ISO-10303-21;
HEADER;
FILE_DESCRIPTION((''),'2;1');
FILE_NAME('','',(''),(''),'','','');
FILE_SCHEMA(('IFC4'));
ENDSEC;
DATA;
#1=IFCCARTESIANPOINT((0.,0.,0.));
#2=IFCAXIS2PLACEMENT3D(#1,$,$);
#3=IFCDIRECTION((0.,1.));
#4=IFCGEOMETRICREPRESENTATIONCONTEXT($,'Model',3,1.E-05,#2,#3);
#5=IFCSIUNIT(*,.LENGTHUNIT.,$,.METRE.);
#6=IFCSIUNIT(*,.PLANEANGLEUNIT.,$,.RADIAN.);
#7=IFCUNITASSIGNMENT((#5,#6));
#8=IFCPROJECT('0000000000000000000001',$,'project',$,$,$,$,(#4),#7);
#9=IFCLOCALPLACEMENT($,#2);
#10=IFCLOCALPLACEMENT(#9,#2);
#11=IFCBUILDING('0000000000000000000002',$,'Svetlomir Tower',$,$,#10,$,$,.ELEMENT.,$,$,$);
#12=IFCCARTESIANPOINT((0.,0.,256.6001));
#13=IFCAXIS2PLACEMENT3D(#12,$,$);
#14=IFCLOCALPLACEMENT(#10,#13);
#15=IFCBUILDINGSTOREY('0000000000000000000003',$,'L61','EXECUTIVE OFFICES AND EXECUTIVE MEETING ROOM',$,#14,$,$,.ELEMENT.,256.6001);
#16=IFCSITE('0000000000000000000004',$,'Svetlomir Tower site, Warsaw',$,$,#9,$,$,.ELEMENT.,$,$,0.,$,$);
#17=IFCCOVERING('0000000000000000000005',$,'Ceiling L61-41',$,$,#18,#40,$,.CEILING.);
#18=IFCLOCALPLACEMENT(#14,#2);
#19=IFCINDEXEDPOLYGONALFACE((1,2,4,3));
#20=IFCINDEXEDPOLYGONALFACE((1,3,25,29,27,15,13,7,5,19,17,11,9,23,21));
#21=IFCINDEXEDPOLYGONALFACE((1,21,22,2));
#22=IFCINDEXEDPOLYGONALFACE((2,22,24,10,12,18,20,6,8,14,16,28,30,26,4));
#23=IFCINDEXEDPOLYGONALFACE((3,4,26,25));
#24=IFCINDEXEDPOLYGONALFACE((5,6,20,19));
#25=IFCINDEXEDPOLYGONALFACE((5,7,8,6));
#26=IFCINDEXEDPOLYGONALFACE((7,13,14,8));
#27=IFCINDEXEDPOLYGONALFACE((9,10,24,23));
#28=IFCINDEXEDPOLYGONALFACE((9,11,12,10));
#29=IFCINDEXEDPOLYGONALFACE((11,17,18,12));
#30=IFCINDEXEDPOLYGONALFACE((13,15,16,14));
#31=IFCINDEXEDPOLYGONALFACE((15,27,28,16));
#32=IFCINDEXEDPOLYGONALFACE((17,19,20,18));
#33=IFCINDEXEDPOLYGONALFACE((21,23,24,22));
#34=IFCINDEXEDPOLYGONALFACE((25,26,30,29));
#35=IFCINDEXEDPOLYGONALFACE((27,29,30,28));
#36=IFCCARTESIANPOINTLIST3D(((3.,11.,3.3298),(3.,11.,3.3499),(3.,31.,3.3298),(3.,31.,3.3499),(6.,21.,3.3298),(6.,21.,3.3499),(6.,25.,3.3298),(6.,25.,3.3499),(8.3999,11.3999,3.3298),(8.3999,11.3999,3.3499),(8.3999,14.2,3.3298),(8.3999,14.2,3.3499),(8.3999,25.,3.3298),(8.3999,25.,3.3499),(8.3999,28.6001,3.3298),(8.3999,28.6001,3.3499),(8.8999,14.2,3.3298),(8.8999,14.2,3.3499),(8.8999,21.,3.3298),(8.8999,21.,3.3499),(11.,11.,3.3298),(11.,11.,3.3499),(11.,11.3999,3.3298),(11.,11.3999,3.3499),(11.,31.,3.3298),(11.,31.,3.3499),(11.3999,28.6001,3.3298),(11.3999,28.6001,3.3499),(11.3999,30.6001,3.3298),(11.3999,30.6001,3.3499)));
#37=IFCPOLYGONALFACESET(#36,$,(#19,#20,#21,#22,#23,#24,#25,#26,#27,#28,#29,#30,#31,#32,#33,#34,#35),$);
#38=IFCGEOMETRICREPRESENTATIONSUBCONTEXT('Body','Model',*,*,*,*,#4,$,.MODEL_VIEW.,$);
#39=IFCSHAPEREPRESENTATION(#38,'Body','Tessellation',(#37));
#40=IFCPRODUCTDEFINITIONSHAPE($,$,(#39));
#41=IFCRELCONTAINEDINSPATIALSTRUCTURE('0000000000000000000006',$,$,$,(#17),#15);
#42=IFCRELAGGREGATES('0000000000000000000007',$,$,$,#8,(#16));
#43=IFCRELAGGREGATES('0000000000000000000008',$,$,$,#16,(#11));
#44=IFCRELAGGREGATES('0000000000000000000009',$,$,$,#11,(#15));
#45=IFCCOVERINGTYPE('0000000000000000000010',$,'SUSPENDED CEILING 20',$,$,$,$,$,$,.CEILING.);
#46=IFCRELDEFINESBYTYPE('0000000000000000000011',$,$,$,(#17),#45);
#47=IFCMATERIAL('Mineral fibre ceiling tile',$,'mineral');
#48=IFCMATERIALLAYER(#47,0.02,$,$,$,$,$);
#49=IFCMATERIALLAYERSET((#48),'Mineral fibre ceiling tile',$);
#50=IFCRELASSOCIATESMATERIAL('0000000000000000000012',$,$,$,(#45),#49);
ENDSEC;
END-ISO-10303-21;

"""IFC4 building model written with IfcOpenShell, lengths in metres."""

from ifc_helpers import new_model, si_unit, direction, frame, origin, place, context, subcontext, project, spatial, polyline, outline, extrude, material, layer, layer_set, type_object, element, save


model = new_model("IFC4")

# Units and contexts
model_context = context("Model", 3, precision=1e-05, world=origin(), true_north=direction((0.0, 1.0)))
body_context = subcontext(model_context, "Body", "Model", "MODEL_VIEW")
ifc_project = project(units=[si_unit("LENGTHUNIT", "METRE"), si_unit("PLANEANGLEUNIT", "RADIAN")], contexts=[model_context])

# Site, building, storey
site_placement = place(None, origin())
site = spatial("IfcSite", under=ifc_project, at=site_placement, Name="Svetlomir Tower site, Warsaw", CompositionType="ELEMENT", RefElevation=0.0)
building_placement = place(site_placement, origin())
building = spatial("IfcBuilding", under=site, at=building_placement, Name="Svetlomir Tower", CompositionType="ELEMENT")
storey_placement = place(building_placement, frame((0.0, 0.0, 256.6001)))
storey = spatial("IfcBuildingStorey", under=building, at=storey_placement, Name="L61", Description="EXECUTIVE OFFICES AND EXECUTIVE MEETING ROOM", CompositionType="ELEMENT", Elevation=256.6001)

# Covering
ifc_material_1 = material(Name="Mineral fibre ceiling tile", Category="mineral")
ifc_layer_1 = layer(ifc_material_1, 0.02)
ifc_layer_set_1 = layer_set([ifc_layer_1], Name="Mineral fibre ceiling tile")
covering_type_1 = type_object("IfcCoveringType", Name="SUSPENDED CEILING 20", PredefinedType="CEILING", material=ifc_layer_set_1)
covering_1_placement = place(storey_placement, frame((0.0, 0.0, 3.3298)))
element("IfcCovering", 1, at=covering_1_placement, inside=storey, type_object=covering_type_1, Name="Ceiling L61-41", PredefinedType="CEILING", context=body_context, shape_type="SweptSolid", body=[
    extrude(outline(polyline([(11.3999, 28.6001), (8.3999, 28.6001), (8.3999, 25.0), (6.0, 25.0), (6.0, 21.0), (8.8999, 21.0), (8.8999, 14.2), (8.3999, 14.2), (8.3999, 11.3999), (11.0, 11.3999), (11.0, 11.0), (3.0, 11.0), (3.0, 31.0), (11.0, 31.0), (11.3999, 30.6001), (11.3999, 28.6001)])), origin(), (0.0, 0.0, 1.0), 0.02),
])

save(model, "model.ifc")
